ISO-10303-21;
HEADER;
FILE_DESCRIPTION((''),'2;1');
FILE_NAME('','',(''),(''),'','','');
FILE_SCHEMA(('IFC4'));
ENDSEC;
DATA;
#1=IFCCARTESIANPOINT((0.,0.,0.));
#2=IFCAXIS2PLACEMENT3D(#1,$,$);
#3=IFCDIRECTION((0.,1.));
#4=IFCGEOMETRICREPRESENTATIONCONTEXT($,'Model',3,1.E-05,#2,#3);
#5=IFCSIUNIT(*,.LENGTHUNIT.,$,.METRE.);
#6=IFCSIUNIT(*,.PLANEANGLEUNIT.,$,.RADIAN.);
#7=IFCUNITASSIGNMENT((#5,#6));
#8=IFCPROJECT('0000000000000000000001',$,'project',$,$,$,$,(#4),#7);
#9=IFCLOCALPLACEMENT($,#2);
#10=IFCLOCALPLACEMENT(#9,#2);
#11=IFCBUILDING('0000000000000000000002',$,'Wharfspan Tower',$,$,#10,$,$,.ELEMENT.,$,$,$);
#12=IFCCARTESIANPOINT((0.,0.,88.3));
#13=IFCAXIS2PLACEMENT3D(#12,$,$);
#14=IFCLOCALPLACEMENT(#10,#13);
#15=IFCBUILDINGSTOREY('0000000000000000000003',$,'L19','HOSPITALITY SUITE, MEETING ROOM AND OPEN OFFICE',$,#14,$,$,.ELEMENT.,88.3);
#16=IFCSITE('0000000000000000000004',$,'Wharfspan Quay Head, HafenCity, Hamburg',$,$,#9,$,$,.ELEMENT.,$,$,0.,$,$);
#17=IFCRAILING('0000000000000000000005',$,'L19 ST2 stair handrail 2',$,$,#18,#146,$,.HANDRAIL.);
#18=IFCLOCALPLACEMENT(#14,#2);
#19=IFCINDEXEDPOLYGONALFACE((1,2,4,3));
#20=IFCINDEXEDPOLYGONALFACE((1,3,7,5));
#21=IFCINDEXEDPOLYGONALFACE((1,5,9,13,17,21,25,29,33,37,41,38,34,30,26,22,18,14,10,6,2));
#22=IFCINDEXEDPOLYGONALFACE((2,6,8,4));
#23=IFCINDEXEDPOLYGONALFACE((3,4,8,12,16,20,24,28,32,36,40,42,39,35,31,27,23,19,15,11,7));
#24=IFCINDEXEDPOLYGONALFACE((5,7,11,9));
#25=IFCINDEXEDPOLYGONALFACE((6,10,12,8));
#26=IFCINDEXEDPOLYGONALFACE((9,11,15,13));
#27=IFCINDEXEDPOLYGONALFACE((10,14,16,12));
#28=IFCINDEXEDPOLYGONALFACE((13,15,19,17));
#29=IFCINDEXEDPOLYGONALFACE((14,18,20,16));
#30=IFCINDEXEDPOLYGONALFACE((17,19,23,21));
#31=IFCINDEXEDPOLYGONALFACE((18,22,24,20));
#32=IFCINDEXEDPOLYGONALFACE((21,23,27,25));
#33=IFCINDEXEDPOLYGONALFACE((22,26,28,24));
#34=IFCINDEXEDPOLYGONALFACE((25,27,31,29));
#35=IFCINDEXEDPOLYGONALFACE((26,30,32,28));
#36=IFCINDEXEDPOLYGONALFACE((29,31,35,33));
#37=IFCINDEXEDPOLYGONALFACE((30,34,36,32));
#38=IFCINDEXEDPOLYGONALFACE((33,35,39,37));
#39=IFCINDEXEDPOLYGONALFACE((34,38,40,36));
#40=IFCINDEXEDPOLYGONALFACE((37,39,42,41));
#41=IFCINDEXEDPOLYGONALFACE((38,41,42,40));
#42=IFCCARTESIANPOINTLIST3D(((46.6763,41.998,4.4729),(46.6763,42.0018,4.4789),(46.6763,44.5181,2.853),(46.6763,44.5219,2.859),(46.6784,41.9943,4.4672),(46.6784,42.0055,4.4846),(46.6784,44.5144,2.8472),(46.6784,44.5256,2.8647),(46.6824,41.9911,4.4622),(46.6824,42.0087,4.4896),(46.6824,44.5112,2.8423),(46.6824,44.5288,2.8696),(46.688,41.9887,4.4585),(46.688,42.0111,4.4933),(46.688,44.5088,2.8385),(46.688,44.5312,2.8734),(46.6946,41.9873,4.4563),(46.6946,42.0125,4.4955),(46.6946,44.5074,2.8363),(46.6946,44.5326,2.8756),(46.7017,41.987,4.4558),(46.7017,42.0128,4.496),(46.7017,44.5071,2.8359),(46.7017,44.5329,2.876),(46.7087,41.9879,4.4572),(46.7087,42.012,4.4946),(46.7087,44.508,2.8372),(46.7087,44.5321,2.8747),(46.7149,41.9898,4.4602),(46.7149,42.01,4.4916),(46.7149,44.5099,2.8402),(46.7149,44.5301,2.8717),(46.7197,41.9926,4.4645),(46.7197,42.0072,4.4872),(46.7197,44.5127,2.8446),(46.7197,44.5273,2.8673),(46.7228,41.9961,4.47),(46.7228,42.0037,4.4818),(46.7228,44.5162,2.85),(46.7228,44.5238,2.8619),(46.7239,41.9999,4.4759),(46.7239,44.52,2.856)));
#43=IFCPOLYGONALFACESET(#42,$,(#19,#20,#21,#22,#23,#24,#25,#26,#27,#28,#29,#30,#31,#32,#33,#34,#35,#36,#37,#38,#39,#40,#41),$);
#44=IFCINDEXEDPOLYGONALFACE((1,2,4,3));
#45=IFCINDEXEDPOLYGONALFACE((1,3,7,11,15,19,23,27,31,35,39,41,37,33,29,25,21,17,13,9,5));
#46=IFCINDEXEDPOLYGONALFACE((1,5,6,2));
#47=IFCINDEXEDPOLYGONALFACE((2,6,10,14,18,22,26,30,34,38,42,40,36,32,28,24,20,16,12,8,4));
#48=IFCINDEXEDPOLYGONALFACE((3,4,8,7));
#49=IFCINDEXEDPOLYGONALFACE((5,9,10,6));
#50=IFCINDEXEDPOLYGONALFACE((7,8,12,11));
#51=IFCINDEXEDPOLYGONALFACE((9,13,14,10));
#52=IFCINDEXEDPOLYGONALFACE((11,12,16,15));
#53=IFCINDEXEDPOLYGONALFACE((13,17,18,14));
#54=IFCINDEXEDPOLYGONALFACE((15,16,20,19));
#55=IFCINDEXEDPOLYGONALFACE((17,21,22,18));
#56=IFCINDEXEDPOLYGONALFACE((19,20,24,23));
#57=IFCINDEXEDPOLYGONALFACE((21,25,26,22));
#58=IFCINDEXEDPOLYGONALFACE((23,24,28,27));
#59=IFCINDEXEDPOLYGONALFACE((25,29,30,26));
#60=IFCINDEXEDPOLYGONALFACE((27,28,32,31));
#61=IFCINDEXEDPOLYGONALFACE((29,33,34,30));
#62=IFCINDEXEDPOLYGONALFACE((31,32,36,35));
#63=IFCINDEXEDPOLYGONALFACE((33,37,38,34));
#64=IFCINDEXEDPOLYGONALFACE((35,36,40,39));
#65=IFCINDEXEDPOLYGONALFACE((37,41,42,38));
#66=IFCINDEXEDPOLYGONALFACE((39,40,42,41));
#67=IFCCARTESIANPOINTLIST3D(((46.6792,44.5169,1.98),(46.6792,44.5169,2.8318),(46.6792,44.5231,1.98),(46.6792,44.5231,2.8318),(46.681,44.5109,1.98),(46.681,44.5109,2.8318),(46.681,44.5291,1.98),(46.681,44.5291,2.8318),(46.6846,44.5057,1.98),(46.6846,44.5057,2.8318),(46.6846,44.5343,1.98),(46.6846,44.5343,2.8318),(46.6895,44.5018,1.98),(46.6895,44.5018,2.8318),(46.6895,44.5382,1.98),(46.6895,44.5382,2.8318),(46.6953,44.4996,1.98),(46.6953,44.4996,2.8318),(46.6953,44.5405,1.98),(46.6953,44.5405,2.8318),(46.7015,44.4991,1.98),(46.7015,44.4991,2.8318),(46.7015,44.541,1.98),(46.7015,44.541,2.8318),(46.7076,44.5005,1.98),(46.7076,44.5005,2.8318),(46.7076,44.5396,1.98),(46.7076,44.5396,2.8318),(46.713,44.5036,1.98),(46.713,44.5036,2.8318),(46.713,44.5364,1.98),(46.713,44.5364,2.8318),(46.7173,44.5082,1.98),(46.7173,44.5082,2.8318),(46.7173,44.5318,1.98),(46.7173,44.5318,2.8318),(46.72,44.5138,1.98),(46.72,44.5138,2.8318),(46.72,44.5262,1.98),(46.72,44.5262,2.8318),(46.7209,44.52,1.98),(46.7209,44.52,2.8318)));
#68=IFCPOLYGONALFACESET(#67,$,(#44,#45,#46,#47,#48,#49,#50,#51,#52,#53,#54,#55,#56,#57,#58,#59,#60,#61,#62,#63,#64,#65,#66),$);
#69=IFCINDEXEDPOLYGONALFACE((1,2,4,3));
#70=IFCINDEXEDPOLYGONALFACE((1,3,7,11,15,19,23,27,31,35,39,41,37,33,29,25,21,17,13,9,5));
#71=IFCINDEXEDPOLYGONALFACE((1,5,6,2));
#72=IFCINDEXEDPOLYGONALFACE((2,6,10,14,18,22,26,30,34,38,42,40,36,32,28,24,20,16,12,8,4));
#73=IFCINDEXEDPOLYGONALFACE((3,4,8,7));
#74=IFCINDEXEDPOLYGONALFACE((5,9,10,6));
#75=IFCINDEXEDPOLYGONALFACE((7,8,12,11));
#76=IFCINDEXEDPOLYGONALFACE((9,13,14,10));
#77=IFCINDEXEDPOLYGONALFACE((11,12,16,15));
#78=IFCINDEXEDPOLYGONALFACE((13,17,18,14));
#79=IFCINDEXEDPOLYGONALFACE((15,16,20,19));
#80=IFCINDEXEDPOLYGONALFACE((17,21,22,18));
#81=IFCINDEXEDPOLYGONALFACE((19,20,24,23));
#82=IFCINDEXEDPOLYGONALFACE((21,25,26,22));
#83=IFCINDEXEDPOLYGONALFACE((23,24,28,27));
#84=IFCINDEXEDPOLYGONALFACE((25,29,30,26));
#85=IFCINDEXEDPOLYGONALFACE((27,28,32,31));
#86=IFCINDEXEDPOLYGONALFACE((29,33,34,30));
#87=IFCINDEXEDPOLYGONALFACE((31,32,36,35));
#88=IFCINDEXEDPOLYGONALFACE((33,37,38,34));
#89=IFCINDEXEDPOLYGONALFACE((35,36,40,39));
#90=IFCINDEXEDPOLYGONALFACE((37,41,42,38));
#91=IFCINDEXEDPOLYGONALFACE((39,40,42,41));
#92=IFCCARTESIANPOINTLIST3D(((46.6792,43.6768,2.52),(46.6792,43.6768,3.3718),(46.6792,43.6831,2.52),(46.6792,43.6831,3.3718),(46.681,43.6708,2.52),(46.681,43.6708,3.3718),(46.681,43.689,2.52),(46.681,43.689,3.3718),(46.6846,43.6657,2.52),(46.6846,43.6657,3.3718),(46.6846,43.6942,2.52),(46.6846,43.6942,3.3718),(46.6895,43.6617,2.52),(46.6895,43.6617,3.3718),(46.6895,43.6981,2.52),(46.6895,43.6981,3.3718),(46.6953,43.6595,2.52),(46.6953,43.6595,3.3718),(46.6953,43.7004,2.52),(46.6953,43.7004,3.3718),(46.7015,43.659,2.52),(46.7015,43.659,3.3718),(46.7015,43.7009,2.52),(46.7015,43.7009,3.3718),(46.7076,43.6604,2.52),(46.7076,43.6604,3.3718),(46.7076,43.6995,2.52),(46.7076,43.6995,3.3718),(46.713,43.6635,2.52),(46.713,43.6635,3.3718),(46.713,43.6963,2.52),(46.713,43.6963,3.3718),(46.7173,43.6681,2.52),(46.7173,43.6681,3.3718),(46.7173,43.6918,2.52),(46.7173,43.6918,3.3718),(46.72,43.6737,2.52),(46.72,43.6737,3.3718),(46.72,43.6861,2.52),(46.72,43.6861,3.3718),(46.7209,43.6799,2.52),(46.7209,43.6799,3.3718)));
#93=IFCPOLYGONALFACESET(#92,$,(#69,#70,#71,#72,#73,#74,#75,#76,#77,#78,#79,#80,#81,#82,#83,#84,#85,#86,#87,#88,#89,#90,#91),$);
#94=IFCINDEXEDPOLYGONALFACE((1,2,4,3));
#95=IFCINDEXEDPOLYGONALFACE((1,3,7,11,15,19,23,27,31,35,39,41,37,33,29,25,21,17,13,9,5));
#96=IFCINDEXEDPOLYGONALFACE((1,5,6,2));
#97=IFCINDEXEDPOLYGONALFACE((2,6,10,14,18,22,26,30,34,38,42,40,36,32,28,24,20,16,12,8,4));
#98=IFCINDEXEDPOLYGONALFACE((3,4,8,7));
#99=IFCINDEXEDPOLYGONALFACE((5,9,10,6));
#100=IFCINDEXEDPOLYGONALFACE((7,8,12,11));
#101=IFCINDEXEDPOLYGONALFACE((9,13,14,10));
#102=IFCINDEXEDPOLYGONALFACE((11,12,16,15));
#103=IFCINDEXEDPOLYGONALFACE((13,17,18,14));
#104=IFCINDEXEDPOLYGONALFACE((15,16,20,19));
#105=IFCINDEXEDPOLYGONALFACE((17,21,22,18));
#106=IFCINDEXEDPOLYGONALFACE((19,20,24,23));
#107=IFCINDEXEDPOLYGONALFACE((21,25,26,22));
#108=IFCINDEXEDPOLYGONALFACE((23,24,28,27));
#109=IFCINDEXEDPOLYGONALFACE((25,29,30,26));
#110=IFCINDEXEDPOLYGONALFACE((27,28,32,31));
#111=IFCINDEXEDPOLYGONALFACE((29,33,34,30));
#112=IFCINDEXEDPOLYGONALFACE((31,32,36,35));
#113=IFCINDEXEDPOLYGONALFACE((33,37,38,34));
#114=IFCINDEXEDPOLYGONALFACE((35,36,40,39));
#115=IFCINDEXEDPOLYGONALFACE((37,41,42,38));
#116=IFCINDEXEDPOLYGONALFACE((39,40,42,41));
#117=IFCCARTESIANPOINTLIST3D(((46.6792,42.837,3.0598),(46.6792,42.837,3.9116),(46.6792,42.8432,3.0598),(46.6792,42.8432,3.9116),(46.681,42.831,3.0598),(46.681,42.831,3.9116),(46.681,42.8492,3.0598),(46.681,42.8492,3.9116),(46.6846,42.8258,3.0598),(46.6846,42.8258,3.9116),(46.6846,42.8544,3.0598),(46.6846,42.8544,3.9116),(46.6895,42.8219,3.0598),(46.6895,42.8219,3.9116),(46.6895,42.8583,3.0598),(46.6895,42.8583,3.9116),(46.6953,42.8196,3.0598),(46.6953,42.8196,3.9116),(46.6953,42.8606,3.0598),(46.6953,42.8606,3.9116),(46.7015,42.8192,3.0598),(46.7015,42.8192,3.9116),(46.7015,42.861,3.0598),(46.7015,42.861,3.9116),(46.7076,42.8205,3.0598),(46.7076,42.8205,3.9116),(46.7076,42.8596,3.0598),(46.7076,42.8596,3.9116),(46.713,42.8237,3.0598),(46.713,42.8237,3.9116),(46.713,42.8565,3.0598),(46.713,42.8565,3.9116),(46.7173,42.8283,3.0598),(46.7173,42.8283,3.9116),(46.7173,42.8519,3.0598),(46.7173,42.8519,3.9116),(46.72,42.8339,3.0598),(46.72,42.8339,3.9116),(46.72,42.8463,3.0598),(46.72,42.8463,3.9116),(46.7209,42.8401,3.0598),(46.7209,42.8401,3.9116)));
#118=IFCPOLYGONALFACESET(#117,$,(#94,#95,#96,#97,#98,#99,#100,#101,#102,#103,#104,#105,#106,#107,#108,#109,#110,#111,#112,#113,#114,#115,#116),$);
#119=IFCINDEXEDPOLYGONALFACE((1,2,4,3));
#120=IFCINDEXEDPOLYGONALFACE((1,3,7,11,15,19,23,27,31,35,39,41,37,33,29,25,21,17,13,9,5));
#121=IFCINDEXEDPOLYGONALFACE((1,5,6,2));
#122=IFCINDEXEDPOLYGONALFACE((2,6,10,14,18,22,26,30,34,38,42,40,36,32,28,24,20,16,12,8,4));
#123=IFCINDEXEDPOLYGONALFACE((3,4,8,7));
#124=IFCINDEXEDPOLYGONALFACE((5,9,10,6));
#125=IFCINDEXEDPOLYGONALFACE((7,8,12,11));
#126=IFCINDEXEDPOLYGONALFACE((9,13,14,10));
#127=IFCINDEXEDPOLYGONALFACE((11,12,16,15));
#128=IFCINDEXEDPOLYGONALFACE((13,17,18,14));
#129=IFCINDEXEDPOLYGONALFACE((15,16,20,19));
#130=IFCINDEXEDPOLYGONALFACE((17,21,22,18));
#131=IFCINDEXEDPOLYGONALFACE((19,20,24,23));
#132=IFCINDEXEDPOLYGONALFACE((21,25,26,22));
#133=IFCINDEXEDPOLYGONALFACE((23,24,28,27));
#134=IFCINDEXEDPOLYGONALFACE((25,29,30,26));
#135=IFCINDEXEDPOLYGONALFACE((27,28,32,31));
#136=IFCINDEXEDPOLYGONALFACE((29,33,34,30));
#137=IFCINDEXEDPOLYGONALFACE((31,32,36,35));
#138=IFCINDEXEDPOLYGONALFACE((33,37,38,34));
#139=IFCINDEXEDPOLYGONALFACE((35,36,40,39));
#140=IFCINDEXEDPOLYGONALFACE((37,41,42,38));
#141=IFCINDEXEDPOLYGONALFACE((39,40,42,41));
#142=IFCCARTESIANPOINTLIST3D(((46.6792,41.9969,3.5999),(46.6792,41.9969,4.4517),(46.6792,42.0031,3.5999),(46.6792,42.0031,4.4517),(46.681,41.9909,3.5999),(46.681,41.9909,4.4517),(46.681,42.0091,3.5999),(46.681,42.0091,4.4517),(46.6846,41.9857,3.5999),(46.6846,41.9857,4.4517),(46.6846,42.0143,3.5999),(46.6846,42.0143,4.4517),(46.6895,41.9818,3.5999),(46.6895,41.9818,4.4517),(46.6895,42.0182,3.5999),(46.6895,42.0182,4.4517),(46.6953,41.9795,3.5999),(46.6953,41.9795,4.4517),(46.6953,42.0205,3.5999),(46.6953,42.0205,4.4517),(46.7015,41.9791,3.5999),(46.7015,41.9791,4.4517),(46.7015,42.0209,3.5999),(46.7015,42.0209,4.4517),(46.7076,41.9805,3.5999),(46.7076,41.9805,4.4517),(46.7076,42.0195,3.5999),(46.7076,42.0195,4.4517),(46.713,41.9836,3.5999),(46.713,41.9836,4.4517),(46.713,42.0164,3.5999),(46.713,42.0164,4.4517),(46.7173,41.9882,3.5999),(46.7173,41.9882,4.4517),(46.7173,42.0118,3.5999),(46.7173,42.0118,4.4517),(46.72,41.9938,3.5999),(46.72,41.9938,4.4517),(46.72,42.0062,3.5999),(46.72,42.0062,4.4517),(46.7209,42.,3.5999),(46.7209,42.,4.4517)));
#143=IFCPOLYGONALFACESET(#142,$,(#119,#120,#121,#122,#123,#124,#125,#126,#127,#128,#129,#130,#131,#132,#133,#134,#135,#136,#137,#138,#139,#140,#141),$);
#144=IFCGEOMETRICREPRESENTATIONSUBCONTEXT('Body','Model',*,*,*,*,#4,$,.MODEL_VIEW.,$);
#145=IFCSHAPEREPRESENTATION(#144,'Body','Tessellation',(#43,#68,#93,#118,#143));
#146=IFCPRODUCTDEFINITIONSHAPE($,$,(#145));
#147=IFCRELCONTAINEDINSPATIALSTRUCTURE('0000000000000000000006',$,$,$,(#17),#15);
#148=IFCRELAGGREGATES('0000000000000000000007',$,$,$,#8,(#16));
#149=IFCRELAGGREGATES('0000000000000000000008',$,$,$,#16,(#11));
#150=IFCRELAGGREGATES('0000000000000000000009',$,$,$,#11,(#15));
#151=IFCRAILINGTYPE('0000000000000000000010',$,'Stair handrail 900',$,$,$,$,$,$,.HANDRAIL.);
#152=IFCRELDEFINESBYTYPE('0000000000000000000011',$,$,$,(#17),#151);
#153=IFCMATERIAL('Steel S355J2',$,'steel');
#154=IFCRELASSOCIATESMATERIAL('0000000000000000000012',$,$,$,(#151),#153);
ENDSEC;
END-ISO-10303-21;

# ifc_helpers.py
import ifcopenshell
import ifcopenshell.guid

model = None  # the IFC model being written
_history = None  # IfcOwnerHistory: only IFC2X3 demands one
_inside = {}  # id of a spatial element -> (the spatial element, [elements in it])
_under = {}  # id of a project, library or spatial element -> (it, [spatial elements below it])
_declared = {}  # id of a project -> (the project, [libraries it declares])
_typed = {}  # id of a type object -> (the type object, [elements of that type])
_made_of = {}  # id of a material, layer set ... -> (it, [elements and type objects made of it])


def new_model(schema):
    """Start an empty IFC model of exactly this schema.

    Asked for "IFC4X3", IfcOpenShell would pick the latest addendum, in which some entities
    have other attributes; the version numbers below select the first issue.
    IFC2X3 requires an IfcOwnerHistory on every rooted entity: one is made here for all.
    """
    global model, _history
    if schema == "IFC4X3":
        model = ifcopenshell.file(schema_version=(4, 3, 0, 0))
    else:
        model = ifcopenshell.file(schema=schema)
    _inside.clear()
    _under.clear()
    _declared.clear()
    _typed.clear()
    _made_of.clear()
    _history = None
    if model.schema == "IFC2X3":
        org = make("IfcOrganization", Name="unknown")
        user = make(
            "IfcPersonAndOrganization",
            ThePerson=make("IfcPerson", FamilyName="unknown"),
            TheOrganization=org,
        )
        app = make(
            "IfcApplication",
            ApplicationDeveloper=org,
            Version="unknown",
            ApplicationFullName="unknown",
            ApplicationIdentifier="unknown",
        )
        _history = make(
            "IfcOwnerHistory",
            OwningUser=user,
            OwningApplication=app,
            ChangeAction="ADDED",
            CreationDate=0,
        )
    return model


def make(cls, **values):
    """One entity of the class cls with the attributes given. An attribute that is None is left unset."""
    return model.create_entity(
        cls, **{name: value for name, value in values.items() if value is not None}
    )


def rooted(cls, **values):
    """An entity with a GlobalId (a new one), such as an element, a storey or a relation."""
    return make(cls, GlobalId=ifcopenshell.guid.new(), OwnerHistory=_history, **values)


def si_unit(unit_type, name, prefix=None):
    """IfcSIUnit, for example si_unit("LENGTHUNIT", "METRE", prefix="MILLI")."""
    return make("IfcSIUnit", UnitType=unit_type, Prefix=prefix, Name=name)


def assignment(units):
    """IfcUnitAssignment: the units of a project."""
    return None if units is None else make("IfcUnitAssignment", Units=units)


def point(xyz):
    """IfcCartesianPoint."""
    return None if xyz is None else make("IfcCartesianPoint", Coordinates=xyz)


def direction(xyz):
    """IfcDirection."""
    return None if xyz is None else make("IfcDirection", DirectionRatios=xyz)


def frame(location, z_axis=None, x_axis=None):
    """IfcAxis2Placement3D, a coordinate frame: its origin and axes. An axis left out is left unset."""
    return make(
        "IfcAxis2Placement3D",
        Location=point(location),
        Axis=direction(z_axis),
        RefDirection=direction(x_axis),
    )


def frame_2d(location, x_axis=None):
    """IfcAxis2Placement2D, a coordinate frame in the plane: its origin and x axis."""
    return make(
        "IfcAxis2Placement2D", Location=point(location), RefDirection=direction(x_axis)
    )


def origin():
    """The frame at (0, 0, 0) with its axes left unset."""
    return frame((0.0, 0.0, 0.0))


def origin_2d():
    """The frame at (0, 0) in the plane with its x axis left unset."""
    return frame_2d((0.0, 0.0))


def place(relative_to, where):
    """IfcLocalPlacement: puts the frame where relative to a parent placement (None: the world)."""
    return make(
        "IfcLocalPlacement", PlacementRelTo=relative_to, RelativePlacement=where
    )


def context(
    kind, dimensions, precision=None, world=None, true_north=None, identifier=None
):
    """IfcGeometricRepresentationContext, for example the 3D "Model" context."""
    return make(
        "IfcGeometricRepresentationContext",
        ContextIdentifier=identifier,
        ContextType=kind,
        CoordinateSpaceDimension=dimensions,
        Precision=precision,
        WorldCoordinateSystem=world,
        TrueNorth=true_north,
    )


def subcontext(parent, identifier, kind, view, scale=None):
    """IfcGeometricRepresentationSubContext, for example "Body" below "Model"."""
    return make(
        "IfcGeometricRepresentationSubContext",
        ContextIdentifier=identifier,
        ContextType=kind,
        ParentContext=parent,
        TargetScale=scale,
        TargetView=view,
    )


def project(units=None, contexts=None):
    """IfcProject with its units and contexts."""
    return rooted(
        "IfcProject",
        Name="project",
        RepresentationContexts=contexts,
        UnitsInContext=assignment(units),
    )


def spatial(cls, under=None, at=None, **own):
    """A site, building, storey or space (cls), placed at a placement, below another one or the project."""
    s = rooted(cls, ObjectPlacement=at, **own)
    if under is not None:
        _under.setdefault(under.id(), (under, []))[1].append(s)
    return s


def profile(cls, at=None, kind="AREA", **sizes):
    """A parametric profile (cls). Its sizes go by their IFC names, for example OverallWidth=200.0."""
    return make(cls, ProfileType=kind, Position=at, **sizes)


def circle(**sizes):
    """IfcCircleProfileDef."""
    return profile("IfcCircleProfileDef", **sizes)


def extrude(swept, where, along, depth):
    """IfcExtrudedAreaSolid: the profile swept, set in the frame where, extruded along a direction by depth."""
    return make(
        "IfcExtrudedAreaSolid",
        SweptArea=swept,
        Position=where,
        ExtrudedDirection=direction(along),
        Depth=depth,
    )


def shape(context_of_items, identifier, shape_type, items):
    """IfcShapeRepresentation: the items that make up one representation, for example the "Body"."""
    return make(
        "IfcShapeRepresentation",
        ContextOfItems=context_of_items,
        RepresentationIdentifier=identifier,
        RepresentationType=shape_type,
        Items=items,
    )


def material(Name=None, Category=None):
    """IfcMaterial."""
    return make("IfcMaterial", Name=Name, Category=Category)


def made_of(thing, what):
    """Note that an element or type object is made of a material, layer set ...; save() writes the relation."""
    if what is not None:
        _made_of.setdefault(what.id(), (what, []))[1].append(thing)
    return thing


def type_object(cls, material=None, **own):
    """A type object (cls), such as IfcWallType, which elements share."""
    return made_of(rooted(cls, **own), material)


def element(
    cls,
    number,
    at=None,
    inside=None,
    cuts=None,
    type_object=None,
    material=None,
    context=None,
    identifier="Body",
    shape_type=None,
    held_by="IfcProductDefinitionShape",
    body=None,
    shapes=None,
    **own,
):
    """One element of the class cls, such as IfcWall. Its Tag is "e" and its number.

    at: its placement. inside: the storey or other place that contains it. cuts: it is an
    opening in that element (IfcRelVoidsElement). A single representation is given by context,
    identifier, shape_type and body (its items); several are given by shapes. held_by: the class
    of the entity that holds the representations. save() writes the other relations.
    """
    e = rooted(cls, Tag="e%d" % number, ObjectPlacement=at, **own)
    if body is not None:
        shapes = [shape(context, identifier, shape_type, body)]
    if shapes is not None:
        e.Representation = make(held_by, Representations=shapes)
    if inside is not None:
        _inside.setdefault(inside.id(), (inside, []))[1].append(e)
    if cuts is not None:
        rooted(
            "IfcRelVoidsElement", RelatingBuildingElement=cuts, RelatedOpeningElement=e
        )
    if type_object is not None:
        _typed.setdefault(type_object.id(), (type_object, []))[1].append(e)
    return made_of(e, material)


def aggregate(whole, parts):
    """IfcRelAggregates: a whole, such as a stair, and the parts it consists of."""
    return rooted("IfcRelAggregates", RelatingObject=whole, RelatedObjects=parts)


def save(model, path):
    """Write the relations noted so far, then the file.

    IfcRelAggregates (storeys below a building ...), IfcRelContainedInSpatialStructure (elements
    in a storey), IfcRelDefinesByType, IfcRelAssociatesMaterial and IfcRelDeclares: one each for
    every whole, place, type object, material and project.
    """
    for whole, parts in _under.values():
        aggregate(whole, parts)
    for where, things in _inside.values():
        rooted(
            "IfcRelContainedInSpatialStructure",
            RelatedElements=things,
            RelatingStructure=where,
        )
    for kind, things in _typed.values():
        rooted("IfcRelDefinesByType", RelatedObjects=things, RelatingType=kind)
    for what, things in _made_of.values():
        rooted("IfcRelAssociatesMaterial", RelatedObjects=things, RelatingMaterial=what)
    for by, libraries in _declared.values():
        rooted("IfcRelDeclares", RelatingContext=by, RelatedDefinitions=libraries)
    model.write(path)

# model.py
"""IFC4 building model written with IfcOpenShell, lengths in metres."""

from ifc_helpers import new_model, si_unit, direction, frame, origin, origin_2d, place, context, subcontext, project, spatial, circle, extrude, material, type_object, element, save


model = new_model("IFC4")

# Units and contexts
model_context = context("Model", 3, precision=1e-05, world=origin(), true_north=direction((0.0, 1.0)))
body_context = subcontext(model_context, "Body", "Model", "MODEL_VIEW")
ifc_project = project(units=[si_unit("LENGTHUNIT", "METRE"), si_unit("PLANEANGLEUNIT", "RADIAN")], contexts=[model_context])

# Site, building, storey
site_placement = place(None, origin())
site = spatial("IfcSite", under=ifc_project, at=site_placement, Name="Wharfspan Quay Head, HafenCity, Hamburg", CompositionType="ELEMENT", RefElevation=0.0)
building_placement = place(site_placement, origin())
building = spatial("IfcBuilding", under=site, at=building_placement, Name="Wharfspan Tower", CompositionType="ELEMENT")
storey_placement = place(building_placement, frame((0.0, 0.0, 88.3)))
storey = spatial("IfcBuildingStorey", under=building, at=storey_placement, Name="L19", Description="HOSPITALITY SUITE, MEETING ROOM AND OPEN OFFICE", CompositionType="ELEMENT", Elevation=88.3)

# Shared definitions
ifc_material_1 = material(Name="Steel S355J2", Category="steel")

# Railing
railing_type_1 = type_object("IfcRailingType", Name="Stair handrail 900", PredefinedType="HANDRAIL", material=ifc_material_1)
railing_1_placement = place(storey_placement, frame((46.7, 44.52, 1.98)))
element("IfcRailing", 1, at=railing_1_placement, inside=storey, type_object=railing_type_1, Name="L19 ST2 stair handrail 2", PredefinedType="HANDRAIL", context=body_context, shape_type="SweptSolid", body=[
    extrude(circle(Radius=0.0239, at=origin_2d()), frame((0.0, 0.0, 0.876), z_axis=(0.0, -0.8412, 0.540725), x_axis=(1.0, 0.0, 0.0)), (0.0, 0.0, 1.0), 2.9958),
    extrude(circle(Radius=0.021, at=origin_2d()), origin(), (0.0, 0.0, 1.0), 0.8518),
    extrude(circle(Radius=0.021, at=origin_2d()), frame((0.0, -0.8401, 0.54)), (0.0, 0.0, 1.0), 0.8518),
    extrude(circle(Radius=0.021, at=origin_2d()), frame((0.0, -1.6799, 1.0798)), (0.0, 0.0, 1.0), 0.8518),
    extrude(circle(Radius=0.021, at=origin_2d()), frame((0.0, -2.52, 1.6199)), (0.0, 0.0, 1.0), 0.8518),
])

save(model, "model.ifc")
